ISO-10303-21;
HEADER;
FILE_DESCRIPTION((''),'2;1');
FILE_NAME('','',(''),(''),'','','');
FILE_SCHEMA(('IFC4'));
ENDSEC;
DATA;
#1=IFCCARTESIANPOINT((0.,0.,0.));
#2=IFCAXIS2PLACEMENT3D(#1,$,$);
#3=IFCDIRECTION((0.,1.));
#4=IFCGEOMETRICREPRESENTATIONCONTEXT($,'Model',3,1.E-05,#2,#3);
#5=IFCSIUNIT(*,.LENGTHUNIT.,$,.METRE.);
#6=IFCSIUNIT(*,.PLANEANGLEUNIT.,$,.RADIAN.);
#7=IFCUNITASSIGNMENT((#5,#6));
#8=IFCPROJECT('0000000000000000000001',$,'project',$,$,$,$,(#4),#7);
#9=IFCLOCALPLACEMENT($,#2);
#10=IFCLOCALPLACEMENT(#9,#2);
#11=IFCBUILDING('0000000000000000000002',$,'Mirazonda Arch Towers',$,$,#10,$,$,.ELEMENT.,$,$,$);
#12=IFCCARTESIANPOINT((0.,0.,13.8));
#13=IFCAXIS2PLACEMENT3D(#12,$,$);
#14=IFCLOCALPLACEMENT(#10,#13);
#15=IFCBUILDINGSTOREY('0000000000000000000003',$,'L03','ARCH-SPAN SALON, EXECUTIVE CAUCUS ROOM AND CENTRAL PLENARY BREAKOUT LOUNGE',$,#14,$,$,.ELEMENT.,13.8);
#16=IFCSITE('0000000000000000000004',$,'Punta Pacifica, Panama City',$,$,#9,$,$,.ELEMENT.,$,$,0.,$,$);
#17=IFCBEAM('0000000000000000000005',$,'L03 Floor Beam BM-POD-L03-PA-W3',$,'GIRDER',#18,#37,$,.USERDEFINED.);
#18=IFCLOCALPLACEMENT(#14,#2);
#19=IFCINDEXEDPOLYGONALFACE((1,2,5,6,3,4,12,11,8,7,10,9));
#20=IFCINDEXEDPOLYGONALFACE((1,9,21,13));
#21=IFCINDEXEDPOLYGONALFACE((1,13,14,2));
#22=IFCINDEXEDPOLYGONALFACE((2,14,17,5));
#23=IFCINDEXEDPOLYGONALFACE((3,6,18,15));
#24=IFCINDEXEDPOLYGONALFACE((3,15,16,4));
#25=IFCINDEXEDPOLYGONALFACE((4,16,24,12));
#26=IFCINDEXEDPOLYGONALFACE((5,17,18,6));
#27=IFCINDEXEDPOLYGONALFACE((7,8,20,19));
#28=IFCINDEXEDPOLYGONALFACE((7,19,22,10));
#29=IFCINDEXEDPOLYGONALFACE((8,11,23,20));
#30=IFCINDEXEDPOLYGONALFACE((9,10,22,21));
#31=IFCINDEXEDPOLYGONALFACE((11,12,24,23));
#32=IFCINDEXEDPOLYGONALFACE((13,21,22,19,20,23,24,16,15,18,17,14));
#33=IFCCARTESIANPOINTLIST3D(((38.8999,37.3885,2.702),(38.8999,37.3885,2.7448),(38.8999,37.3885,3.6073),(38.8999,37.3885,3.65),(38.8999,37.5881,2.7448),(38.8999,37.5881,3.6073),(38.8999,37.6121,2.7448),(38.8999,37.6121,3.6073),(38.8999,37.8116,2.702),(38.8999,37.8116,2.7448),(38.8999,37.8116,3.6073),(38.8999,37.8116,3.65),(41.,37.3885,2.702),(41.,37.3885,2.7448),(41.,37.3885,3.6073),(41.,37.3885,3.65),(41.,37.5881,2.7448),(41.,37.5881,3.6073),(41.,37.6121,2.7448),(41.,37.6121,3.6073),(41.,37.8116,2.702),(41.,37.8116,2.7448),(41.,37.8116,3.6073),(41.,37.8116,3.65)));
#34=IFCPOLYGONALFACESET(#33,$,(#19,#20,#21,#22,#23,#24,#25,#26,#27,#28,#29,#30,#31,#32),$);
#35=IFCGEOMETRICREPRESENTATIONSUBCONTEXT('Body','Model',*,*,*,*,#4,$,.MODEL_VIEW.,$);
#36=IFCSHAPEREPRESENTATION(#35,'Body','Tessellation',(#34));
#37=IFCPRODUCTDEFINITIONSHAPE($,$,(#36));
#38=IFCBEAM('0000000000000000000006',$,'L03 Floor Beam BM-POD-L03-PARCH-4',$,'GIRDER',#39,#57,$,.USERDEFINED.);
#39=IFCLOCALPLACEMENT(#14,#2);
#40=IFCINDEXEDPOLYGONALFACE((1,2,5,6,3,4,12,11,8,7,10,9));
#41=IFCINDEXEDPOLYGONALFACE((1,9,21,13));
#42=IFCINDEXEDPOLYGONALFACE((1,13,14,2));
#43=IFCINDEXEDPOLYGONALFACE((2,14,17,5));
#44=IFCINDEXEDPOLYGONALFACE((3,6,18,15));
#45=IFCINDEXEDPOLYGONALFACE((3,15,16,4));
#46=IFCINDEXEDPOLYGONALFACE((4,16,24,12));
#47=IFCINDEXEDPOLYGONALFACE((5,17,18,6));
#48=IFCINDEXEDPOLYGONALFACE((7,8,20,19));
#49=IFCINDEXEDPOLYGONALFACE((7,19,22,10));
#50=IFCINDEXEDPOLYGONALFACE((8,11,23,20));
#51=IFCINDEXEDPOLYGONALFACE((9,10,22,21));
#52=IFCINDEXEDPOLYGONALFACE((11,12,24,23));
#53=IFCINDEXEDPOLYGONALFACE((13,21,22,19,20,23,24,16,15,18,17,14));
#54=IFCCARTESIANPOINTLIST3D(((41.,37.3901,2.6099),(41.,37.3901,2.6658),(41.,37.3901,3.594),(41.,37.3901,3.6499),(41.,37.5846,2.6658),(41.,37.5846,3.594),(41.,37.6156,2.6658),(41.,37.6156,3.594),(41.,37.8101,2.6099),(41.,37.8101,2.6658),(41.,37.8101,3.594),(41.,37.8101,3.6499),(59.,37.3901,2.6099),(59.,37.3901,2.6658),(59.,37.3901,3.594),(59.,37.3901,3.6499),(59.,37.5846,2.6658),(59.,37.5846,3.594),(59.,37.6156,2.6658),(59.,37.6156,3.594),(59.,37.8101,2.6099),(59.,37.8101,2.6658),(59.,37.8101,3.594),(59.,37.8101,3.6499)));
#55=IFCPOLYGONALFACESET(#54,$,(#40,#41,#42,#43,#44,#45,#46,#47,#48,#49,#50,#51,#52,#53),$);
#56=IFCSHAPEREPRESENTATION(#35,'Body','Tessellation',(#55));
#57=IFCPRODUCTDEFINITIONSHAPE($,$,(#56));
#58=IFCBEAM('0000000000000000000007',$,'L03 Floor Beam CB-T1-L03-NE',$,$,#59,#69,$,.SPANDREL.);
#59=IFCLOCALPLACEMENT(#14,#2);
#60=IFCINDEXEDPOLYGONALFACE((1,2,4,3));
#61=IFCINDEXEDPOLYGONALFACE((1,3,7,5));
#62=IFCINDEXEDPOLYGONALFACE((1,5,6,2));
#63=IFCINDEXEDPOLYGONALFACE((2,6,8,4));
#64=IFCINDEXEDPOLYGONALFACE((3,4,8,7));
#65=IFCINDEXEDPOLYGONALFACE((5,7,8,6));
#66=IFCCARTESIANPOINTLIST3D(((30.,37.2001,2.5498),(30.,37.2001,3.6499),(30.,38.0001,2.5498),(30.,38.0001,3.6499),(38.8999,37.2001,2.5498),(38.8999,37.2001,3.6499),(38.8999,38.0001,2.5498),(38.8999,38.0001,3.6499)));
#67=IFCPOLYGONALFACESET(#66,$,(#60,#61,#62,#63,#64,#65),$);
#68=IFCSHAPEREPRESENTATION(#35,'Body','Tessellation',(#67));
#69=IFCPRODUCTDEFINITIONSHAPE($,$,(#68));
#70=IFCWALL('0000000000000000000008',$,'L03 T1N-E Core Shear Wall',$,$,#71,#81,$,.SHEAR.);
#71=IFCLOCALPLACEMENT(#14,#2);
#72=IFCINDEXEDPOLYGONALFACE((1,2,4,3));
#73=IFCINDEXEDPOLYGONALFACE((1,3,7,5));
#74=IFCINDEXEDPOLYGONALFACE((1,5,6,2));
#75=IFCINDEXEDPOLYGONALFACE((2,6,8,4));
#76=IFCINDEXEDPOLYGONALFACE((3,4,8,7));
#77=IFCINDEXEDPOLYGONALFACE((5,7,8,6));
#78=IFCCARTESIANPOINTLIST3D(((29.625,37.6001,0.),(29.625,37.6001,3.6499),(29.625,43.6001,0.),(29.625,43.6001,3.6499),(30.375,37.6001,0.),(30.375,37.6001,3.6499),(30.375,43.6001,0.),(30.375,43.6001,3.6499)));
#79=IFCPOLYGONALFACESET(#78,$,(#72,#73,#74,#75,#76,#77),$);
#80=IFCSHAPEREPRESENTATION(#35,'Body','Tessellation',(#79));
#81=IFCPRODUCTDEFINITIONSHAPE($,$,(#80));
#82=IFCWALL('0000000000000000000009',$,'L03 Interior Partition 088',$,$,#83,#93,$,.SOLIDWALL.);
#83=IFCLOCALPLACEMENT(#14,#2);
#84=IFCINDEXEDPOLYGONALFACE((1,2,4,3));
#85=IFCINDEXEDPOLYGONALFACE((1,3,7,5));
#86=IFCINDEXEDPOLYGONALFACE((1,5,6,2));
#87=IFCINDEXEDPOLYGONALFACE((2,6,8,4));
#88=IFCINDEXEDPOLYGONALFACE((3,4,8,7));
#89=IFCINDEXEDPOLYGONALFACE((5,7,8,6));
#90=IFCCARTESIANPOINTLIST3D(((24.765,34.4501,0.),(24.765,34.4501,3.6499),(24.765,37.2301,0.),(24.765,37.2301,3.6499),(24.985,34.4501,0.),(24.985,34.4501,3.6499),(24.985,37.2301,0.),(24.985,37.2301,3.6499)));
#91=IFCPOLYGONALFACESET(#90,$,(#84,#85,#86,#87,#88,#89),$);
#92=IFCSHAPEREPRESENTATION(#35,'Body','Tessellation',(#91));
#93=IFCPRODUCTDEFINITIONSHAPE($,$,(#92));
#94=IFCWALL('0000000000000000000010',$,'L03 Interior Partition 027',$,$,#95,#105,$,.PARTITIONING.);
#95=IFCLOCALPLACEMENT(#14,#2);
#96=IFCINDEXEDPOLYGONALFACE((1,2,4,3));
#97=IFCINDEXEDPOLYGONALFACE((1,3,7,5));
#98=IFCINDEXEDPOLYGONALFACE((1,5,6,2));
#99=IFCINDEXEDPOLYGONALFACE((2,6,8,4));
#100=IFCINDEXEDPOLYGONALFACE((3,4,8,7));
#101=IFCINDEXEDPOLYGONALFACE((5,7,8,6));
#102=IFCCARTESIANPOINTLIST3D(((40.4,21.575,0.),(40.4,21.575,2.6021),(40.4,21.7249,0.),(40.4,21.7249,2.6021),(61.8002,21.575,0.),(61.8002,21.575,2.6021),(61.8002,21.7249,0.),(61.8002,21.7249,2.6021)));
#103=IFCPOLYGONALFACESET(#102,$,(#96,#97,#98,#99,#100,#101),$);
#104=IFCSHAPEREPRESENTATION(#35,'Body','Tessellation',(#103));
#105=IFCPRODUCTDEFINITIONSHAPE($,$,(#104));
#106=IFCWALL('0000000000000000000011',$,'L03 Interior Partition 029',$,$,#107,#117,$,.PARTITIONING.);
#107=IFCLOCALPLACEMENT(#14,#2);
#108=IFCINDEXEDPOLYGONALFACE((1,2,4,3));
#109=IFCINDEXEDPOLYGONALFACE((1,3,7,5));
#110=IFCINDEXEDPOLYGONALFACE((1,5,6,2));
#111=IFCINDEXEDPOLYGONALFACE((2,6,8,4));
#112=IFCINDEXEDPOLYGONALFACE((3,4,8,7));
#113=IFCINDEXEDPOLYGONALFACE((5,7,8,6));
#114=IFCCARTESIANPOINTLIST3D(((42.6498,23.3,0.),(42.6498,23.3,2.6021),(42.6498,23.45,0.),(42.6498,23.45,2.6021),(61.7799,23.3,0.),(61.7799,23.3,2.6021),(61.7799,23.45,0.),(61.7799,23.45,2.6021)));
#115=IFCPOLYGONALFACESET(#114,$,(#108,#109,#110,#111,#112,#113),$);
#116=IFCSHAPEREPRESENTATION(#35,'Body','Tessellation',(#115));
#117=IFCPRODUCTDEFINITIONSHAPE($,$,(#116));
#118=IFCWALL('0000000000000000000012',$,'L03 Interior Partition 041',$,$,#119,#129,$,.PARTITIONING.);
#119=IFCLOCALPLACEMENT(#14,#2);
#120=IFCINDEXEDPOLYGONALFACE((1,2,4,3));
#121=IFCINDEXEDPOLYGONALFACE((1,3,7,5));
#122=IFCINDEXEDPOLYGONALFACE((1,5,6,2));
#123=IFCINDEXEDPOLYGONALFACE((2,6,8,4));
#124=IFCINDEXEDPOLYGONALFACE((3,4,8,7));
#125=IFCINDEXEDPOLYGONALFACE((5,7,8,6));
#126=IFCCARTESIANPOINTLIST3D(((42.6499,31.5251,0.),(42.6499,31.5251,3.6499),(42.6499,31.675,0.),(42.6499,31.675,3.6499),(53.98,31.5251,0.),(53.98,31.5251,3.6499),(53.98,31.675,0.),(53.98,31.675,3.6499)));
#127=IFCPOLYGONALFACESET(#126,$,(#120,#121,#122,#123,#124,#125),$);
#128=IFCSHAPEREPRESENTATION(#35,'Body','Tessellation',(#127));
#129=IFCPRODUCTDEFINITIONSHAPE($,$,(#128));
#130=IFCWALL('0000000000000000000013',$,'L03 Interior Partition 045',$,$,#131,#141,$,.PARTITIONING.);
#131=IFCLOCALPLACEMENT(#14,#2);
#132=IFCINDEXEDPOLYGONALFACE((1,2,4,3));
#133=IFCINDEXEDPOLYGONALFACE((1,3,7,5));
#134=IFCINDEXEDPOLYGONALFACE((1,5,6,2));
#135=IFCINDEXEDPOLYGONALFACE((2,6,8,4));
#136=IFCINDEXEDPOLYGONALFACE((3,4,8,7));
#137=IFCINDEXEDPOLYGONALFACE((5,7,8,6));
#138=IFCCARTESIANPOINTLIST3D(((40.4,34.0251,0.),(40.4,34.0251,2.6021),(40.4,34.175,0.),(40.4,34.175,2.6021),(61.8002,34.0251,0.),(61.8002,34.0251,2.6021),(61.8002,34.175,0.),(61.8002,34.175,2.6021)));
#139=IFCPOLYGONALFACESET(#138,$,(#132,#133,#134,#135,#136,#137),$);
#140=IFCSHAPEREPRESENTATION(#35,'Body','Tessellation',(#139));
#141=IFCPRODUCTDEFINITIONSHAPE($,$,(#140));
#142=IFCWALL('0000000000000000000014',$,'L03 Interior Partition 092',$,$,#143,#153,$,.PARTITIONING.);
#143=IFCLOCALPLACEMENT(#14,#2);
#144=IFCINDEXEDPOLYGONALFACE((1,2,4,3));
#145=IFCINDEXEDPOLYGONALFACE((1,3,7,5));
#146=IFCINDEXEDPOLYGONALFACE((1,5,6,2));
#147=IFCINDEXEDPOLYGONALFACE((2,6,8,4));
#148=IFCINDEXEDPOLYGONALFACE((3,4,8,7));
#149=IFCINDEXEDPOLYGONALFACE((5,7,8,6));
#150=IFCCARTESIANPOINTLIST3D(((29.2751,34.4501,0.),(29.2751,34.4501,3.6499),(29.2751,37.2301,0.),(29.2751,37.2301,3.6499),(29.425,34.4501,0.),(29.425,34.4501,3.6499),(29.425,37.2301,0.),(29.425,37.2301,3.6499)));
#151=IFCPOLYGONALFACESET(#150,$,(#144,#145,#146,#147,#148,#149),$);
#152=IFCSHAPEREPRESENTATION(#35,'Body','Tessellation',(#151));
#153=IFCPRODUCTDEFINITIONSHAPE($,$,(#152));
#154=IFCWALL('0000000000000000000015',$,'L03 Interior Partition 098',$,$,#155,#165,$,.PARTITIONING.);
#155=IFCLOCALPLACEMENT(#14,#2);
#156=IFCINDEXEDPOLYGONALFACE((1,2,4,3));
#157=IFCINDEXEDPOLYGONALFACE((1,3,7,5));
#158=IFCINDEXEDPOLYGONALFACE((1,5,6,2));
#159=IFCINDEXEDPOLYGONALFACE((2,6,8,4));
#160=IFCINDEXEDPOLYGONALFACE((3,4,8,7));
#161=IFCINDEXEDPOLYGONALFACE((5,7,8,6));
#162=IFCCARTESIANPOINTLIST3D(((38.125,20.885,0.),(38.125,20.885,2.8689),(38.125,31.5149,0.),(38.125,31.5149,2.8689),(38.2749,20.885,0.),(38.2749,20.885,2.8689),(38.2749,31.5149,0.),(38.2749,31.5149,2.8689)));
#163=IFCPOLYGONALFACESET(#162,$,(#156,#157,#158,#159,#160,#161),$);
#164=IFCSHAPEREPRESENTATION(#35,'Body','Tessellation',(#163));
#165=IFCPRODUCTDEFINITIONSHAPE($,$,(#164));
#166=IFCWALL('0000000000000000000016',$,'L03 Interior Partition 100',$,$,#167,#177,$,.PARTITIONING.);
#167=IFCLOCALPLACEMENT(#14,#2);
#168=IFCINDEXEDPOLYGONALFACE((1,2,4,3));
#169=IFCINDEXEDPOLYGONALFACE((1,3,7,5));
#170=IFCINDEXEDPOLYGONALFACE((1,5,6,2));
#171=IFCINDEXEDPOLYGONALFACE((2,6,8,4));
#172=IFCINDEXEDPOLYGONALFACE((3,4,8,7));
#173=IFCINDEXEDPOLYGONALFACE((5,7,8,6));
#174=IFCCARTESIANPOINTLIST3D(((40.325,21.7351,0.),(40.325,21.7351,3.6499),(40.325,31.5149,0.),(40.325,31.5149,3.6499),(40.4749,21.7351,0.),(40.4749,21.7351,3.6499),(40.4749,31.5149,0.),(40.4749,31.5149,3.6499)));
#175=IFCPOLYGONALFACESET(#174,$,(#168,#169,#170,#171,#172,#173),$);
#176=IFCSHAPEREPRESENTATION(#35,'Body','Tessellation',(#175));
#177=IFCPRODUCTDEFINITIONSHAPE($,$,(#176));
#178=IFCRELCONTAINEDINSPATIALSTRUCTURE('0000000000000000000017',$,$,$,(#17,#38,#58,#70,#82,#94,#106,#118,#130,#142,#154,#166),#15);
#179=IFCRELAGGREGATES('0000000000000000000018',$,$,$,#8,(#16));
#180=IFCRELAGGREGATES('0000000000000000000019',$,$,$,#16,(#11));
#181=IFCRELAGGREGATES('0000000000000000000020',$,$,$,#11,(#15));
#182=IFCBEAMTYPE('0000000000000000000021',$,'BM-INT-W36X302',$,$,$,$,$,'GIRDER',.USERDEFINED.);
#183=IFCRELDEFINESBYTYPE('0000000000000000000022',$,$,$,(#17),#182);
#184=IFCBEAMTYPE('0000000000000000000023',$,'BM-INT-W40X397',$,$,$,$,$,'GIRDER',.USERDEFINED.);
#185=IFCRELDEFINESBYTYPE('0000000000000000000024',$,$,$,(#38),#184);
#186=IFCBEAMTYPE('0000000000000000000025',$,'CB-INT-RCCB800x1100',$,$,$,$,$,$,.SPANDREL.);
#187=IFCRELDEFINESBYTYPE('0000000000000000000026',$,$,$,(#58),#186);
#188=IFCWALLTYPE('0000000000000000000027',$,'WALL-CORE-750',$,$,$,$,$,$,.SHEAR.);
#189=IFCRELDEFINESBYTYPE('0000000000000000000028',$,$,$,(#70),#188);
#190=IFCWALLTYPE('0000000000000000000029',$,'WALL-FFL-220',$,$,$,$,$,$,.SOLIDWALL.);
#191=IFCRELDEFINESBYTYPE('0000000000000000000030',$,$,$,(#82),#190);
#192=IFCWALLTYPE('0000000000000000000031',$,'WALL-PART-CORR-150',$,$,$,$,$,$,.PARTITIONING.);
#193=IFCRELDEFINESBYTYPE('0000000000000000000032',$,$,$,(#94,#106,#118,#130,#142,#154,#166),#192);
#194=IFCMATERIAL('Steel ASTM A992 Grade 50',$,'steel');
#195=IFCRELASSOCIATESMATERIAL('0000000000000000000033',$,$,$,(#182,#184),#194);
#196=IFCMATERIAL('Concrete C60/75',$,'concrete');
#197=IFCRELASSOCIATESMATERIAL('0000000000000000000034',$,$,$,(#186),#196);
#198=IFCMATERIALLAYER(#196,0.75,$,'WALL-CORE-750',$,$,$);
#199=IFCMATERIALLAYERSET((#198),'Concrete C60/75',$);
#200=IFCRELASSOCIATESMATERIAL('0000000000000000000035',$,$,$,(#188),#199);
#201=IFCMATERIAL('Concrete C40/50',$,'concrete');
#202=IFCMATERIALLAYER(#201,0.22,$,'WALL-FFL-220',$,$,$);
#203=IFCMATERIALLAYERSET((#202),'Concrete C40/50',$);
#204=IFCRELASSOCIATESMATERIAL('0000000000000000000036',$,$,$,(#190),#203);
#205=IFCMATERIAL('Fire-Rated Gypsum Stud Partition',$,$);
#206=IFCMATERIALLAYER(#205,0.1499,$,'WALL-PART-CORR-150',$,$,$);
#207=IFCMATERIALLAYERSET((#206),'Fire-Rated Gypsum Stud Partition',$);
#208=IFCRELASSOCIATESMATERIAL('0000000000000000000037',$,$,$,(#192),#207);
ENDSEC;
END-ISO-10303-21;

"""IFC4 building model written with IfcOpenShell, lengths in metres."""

from ifc_helpers import new_model, si_unit, direction, frame, frame_2d, origin, origin_2d, place, context, subcontext, project, spatial, rectangle, i_section, extrude, material, layer, layer_set, material_profile, profile_set, type_object, element, save


model = new_model("IFC4")

# Units and contexts
model_context = context("Model", 3, precision=1e-05, world=origin(), true_north=direction((0.0, 1.0)))
body_context = subcontext(model_context, "Body", "Model", "MODEL_VIEW")
ifc_project = project(units=[si_unit("LENGTHUNIT", "METRE"), si_unit("PLANEANGLEUNIT", "RADIAN")], contexts=[model_context])

# Site, building, storey
site_placement = place(None, origin())
site = spatial("IfcSite", under=ifc_project, at=site_placement, Name="Punta Pacifica, Panama City", CompositionType="ELEMENT", RefElevation=0.0)
building_placement = place(site_placement, origin())
building = spatial("IfcBuilding", under=site, at=building_placement, Name="Mirazonda Arch Towers", CompositionType="ELEMENT")
storey_placement = place(building_placement, frame((0.0, 0.0, 13.8)))
storey = spatial("IfcBuildingStorey", under=building, at=storey_placement, Name="L03", Description="ARCH-SPAN SALON, EXECUTIVE CAUCUS ROOM AND CENTRAL PLENARY BREAKOUT LOUNGE", CompositionType="ELEMENT", Elevation=13.8)

# Shared definitions
ifc_material_1 = material(Name="Concrete C60/75", Category="concrete")

# Beams
ifc_material_2 = material(Name="Steel ASTM A992 Grade 50", Category="steel")
ifc_material_profile_1 = material_profile(ifc_material_2, i_section(OverallWidth=0.4231, OverallDepth=0.948, WebThickness=0.0239, FlangeThickness=0.0427, at=origin_2d()), Name="W36X302")
ifc_profile_set_1 = profile_set([ifc_material_profile_1], Name="Steel ASTM A992 Grade 50")
beam_type_1 = type_object("IfcBeamType", Name="BM-INT-W36X302", ElementType="GIRDER", PredefinedType="USERDEFINED", material=ifc_profile_set_1)
beam_1_placement = place(storey_placement, frame((38.8999, 37.6001, 3.176), z_axis=(1.0, 0.0, 0.0), x_axis=(0.0, 1.0, 0.0)))
element("IfcBeam", 1, at=beam_1_placement, inside=storey, type_object=beam_type_1, Name="L03 Floor Beam BM-POD-L03-PA-W3", ObjectType="GIRDER", PredefinedType="USERDEFINED", context=body_context, shape_type="SweptSolid", body=[
    extrude(i_section(OverallWidth=0.4231, OverallDepth=0.948, WebThickness=0.0239, FlangeThickness=0.0427, at=origin_2d()), origin(), (0.0, 0.0, 1.0), 2.1001),
])
ifc_material_profile_2 = material_profile(ifc_material_2, i_section(OverallWidth=0.4199, OverallDepth=1.04, WebThickness=0.031, FlangeThickness=0.0559, at=origin_2d()), Name="W40X397")
ifc_profile_set_2 = profile_set([ifc_material_profile_2], Name="Steel ASTM A992 Grade 50")
beam_type_2 = type_object("IfcBeamType", Name="BM-INT-W40X397", ElementType="GIRDER", PredefinedType="USERDEFINED", material=ifc_profile_set_2)
beam_2_placement = place(storey_placement, frame((41.0, 37.6001, 3.1299), z_axis=(1.0, 0.0, 0.0), x_axis=(0.0, 1.0, 0.0)))
element("IfcBeam", 2, at=beam_2_placement, inside=storey, type_object=beam_type_2, Name="L03 Floor Beam BM-POD-L03-PARCH-4", ObjectType="GIRDER", PredefinedType="USERDEFINED", context=body_context, shape_type="SweptSolid", body=[
    extrude(i_section(OverallWidth=0.4199, OverallDepth=1.04, WebThickness=0.031, FlangeThickness=0.0559, at=origin_2d()), origin(), (0.0, 0.0, 1.0), 18.0),
])
ifc_material_profile_3 = material_profile(ifc_material_1, rectangle(XDim=0.8, YDim=1.1001, at=origin_2d()), Name="RCCB800x1100")
ifc_profile_set_3 = profile_set([ifc_material_profile_3], Name="Concrete C60/75")
beam_type_3 = type_object("IfcBeamType", Name="CB-INT-RCCB800x1100", PredefinedType="SPANDREL", material=ifc_profile_set_3)
beam_3_placement = place(storey_placement, frame((30.0, 37.6001, 3.0999), z_axis=(1.0, 0.0, 0.0), x_axis=(0.0, 1.0, 0.0)))
element("IfcBeam", 3, at=beam_3_placement, inside=storey, type_object=beam_type_3, Name="L03 Floor Beam CB-T1-L03-NE", PredefinedType="SPANDREL", context=body_context, shape_type="SweptSolid", body=[
    extrude(rectangle(XDim=0.8, YDim=1.1001, at=origin_2d()), origin(), (0.0, 0.0, 1.0), 8.8999),
])

# Walls
ifc_layer_1 = layer(ifc_material_1, 0.75, Name="WALL-CORE-750")
ifc_layer_set_1 = layer_set([ifc_layer_1], Name="Concrete C60/75")
wall_type_1 = type_object("IfcWallType", Name="WALL-CORE-750", PredefinedType="SHEAR", material=ifc_layer_set_1)
wall_1_placement = place(storey_placement, frame((30.0, 37.6001, 0.0), z_axis=(0.0, 0.0, 1.0), x_axis=(0.0, 1.0, 0.0)))
element("IfcWall", 4, at=wall_1_placement, inside=storey, type_object=wall_type_1, Name="L03 T1N-E Core Shear Wall", PredefinedType="SHEAR", context=body_context, shape_type="SweptSolid", body=[
    extrude(rectangle(XDim=6.0, YDim=0.75, at=frame_2d((3.0, 0.0))), origin(), (0.0, 0.0, 1.0), 3.6499),
])
ifc_material_3 = material(Name="Concrete C40/50", Category="concrete")
ifc_layer_2 = layer(ifc_material_3, 0.22, Name="WALL-FFL-220")
ifc_layer_set_2 = layer_set([ifc_layer_2], Name="Concrete C40/50")
wall_type_2 = type_object("IfcWallType", Name="WALL-FFL-220", PredefinedType="SOLIDWALL", material=ifc_layer_set_2)
wall_2_placement = place(storey_placement, frame((24.875, 34.45, 0.0), z_axis=(0.0, 0.0, 1.0), x_axis=(0.0, 1.0, 0.0)))
element("IfcWall", 5, at=wall_2_placement, inside=storey, type_object=wall_type_2, Name="L03 Interior Partition 088", PredefinedType="SOLIDWALL", context=body_context, shape_type="SweptSolid", body=[
    extrude(rectangle(XDim=2.78, YDim=0.22, at=frame_2d((1.3901, 0.0))), origin(), (0.0, 0.0, 1.0), 3.6499),
])
ifc_material_4 = material(Name="Fire-Rated Gypsum Stud Partition")
ifc_layer_3 = layer(ifc_material_4, 0.1499, Name="WALL-PART-CORR-150")
ifc_layer_set_3 = layer_set([ifc_layer_3], Name="Fire-Rated Gypsum Stud Partition")
wall_type_3 = type_object("IfcWallType", Name="WALL-PART-CORR-150", PredefinedType="PARTITIONING", material=ifc_layer_set_3)
wall_3_placement = place(storey_placement, frame((40.3999, 21.6499, 0.0), z_axis=(0.0, 0.0, 1.0), x_axis=(1.0, 0.0, 0.0)))
element("IfcWall", 6, at=wall_3_placement, inside=storey, type_object=wall_type_3, Name="L03 Interior Partition 027", PredefinedType="PARTITIONING", context=body_context, shape_type="SweptSolid", body=[
    extrude(rectangle(XDim=21.4001, YDim=0.1499, at=frame_2d((10.7002, 0.0))), origin(), (0.0, 0.0, 1.0), 2.6021),
])
wall_4_placement = place(storey_placement, frame((42.6499, 23.375, 0.0), z_axis=(0.0, 0.0, 1.0), x_axis=(1.0, 0.0, 0.0)))
element("IfcWall", 7, at=wall_4_placement, inside=storey, type_object=wall_type_3, Name="L03 Interior Partition 029", PredefinedType="PARTITIONING", context=body_context, shape_type="SweptSolid", body=[
    extrude(rectangle(XDim=19.1301, YDim=0.1499, at=frame_2d((9.5649, 0.0))), origin(), (0.0, 0.0, 1.0), 2.6021),
])
wall_5_placement = place(storey_placement, frame((42.6499, 31.6001, 0.0), z_axis=(0.0, 0.0, 1.0), x_axis=(1.0, 0.0, 0.0)))
element("IfcWall", 8, at=wall_5_placement, inside=storey, type_object=wall_type_3, Name="L03 Interior Partition 041", PredefinedType="PARTITIONING", context=body_context, shape_type="SweptSolid", body=[
    extrude(rectangle(XDim=11.3301, YDim=0.1499, at=frame_2d((5.665, 0.0))), origin(), (0.0, 0.0, 1.0), 3.6499),
])
wall_6_placement = place(storey_placement, frame((40.3999, 34.1001, 0.0), z_axis=(0.0, 0.0, 1.0), x_axis=(1.0, 0.0, 0.0)))
element("IfcWall", 9, at=wall_6_placement, inside=storey, type_object=wall_type_3, Name="L03 Interior Partition 045", PredefinedType="PARTITIONING", context=body_context, shape_type="SweptSolid", body=[
    extrude(rectangle(XDim=21.4001, YDim=0.1499, at=frame_2d((10.7002, 0.0))), origin(), (0.0, 0.0, 1.0), 2.6021),
])
wall_7_placement = place(storey_placement, frame((29.3501, 34.45, 0.0), z_axis=(0.0, 0.0, 1.0), x_axis=(0.0, 1.0, 0.0)))
element("IfcWall", 10, at=wall_7_placement, inside=storey, type_object=wall_type_3, Name="L03 Interior Partition 092", PredefinedType="PARTITIONING", context=body_context, shape_type="SweptSolid", body=[
    extrude(rectangle(XDim=2.78, YDim=0.1499, at=frame_2d((1.3901, 0.0))), origin(), (0.0, 0.0, 1.0), 3.6499),
])
wall_8_placement = place(storey_placement, frame((38.2, 20.885, 0.0), z_axis=(0.0, 0.0, 1.0), x_axis=(0.0, 1.0, 0.0)))
element("IfcWall", 11, at=wall_8_placement, inside=storey, type_object=wall_type_3, Name="L03 Interior Partition 098", PredefinedType="PARTITIONING", context=body_context, shape_type="SweptSolid", body=[
    extrude(rectangle(XDim=10.6299, YDim=0.1499, at=frame_2d((5.3149, 0.0))), origin(), (0.0, 0.0, 1.0), 2.8689),
])
wall_9_placement = place(storey_placement, frame((40.3999, 21.7351, 0.0), z_axis=(0.0, 0.0, 1.0), x_axis=(0.0, 1.0, 0.0)))
element("IfcWall", 12, at=wall_9_placement, inside=storey, type_object=wall_type_3, Name="L03 Interior Partition 100", PredefinedType="PARTITIONING", context=body_context, shape_type="SweptSolid", body=[
    extrude(rectangle(XDim=9.7798, YDim=0.1499, at=frame_2d((4.8899, 0.0))), origin(), (0.0, 0.0, 1.0), 3.6499),
])

save(model, "model.ifc")
